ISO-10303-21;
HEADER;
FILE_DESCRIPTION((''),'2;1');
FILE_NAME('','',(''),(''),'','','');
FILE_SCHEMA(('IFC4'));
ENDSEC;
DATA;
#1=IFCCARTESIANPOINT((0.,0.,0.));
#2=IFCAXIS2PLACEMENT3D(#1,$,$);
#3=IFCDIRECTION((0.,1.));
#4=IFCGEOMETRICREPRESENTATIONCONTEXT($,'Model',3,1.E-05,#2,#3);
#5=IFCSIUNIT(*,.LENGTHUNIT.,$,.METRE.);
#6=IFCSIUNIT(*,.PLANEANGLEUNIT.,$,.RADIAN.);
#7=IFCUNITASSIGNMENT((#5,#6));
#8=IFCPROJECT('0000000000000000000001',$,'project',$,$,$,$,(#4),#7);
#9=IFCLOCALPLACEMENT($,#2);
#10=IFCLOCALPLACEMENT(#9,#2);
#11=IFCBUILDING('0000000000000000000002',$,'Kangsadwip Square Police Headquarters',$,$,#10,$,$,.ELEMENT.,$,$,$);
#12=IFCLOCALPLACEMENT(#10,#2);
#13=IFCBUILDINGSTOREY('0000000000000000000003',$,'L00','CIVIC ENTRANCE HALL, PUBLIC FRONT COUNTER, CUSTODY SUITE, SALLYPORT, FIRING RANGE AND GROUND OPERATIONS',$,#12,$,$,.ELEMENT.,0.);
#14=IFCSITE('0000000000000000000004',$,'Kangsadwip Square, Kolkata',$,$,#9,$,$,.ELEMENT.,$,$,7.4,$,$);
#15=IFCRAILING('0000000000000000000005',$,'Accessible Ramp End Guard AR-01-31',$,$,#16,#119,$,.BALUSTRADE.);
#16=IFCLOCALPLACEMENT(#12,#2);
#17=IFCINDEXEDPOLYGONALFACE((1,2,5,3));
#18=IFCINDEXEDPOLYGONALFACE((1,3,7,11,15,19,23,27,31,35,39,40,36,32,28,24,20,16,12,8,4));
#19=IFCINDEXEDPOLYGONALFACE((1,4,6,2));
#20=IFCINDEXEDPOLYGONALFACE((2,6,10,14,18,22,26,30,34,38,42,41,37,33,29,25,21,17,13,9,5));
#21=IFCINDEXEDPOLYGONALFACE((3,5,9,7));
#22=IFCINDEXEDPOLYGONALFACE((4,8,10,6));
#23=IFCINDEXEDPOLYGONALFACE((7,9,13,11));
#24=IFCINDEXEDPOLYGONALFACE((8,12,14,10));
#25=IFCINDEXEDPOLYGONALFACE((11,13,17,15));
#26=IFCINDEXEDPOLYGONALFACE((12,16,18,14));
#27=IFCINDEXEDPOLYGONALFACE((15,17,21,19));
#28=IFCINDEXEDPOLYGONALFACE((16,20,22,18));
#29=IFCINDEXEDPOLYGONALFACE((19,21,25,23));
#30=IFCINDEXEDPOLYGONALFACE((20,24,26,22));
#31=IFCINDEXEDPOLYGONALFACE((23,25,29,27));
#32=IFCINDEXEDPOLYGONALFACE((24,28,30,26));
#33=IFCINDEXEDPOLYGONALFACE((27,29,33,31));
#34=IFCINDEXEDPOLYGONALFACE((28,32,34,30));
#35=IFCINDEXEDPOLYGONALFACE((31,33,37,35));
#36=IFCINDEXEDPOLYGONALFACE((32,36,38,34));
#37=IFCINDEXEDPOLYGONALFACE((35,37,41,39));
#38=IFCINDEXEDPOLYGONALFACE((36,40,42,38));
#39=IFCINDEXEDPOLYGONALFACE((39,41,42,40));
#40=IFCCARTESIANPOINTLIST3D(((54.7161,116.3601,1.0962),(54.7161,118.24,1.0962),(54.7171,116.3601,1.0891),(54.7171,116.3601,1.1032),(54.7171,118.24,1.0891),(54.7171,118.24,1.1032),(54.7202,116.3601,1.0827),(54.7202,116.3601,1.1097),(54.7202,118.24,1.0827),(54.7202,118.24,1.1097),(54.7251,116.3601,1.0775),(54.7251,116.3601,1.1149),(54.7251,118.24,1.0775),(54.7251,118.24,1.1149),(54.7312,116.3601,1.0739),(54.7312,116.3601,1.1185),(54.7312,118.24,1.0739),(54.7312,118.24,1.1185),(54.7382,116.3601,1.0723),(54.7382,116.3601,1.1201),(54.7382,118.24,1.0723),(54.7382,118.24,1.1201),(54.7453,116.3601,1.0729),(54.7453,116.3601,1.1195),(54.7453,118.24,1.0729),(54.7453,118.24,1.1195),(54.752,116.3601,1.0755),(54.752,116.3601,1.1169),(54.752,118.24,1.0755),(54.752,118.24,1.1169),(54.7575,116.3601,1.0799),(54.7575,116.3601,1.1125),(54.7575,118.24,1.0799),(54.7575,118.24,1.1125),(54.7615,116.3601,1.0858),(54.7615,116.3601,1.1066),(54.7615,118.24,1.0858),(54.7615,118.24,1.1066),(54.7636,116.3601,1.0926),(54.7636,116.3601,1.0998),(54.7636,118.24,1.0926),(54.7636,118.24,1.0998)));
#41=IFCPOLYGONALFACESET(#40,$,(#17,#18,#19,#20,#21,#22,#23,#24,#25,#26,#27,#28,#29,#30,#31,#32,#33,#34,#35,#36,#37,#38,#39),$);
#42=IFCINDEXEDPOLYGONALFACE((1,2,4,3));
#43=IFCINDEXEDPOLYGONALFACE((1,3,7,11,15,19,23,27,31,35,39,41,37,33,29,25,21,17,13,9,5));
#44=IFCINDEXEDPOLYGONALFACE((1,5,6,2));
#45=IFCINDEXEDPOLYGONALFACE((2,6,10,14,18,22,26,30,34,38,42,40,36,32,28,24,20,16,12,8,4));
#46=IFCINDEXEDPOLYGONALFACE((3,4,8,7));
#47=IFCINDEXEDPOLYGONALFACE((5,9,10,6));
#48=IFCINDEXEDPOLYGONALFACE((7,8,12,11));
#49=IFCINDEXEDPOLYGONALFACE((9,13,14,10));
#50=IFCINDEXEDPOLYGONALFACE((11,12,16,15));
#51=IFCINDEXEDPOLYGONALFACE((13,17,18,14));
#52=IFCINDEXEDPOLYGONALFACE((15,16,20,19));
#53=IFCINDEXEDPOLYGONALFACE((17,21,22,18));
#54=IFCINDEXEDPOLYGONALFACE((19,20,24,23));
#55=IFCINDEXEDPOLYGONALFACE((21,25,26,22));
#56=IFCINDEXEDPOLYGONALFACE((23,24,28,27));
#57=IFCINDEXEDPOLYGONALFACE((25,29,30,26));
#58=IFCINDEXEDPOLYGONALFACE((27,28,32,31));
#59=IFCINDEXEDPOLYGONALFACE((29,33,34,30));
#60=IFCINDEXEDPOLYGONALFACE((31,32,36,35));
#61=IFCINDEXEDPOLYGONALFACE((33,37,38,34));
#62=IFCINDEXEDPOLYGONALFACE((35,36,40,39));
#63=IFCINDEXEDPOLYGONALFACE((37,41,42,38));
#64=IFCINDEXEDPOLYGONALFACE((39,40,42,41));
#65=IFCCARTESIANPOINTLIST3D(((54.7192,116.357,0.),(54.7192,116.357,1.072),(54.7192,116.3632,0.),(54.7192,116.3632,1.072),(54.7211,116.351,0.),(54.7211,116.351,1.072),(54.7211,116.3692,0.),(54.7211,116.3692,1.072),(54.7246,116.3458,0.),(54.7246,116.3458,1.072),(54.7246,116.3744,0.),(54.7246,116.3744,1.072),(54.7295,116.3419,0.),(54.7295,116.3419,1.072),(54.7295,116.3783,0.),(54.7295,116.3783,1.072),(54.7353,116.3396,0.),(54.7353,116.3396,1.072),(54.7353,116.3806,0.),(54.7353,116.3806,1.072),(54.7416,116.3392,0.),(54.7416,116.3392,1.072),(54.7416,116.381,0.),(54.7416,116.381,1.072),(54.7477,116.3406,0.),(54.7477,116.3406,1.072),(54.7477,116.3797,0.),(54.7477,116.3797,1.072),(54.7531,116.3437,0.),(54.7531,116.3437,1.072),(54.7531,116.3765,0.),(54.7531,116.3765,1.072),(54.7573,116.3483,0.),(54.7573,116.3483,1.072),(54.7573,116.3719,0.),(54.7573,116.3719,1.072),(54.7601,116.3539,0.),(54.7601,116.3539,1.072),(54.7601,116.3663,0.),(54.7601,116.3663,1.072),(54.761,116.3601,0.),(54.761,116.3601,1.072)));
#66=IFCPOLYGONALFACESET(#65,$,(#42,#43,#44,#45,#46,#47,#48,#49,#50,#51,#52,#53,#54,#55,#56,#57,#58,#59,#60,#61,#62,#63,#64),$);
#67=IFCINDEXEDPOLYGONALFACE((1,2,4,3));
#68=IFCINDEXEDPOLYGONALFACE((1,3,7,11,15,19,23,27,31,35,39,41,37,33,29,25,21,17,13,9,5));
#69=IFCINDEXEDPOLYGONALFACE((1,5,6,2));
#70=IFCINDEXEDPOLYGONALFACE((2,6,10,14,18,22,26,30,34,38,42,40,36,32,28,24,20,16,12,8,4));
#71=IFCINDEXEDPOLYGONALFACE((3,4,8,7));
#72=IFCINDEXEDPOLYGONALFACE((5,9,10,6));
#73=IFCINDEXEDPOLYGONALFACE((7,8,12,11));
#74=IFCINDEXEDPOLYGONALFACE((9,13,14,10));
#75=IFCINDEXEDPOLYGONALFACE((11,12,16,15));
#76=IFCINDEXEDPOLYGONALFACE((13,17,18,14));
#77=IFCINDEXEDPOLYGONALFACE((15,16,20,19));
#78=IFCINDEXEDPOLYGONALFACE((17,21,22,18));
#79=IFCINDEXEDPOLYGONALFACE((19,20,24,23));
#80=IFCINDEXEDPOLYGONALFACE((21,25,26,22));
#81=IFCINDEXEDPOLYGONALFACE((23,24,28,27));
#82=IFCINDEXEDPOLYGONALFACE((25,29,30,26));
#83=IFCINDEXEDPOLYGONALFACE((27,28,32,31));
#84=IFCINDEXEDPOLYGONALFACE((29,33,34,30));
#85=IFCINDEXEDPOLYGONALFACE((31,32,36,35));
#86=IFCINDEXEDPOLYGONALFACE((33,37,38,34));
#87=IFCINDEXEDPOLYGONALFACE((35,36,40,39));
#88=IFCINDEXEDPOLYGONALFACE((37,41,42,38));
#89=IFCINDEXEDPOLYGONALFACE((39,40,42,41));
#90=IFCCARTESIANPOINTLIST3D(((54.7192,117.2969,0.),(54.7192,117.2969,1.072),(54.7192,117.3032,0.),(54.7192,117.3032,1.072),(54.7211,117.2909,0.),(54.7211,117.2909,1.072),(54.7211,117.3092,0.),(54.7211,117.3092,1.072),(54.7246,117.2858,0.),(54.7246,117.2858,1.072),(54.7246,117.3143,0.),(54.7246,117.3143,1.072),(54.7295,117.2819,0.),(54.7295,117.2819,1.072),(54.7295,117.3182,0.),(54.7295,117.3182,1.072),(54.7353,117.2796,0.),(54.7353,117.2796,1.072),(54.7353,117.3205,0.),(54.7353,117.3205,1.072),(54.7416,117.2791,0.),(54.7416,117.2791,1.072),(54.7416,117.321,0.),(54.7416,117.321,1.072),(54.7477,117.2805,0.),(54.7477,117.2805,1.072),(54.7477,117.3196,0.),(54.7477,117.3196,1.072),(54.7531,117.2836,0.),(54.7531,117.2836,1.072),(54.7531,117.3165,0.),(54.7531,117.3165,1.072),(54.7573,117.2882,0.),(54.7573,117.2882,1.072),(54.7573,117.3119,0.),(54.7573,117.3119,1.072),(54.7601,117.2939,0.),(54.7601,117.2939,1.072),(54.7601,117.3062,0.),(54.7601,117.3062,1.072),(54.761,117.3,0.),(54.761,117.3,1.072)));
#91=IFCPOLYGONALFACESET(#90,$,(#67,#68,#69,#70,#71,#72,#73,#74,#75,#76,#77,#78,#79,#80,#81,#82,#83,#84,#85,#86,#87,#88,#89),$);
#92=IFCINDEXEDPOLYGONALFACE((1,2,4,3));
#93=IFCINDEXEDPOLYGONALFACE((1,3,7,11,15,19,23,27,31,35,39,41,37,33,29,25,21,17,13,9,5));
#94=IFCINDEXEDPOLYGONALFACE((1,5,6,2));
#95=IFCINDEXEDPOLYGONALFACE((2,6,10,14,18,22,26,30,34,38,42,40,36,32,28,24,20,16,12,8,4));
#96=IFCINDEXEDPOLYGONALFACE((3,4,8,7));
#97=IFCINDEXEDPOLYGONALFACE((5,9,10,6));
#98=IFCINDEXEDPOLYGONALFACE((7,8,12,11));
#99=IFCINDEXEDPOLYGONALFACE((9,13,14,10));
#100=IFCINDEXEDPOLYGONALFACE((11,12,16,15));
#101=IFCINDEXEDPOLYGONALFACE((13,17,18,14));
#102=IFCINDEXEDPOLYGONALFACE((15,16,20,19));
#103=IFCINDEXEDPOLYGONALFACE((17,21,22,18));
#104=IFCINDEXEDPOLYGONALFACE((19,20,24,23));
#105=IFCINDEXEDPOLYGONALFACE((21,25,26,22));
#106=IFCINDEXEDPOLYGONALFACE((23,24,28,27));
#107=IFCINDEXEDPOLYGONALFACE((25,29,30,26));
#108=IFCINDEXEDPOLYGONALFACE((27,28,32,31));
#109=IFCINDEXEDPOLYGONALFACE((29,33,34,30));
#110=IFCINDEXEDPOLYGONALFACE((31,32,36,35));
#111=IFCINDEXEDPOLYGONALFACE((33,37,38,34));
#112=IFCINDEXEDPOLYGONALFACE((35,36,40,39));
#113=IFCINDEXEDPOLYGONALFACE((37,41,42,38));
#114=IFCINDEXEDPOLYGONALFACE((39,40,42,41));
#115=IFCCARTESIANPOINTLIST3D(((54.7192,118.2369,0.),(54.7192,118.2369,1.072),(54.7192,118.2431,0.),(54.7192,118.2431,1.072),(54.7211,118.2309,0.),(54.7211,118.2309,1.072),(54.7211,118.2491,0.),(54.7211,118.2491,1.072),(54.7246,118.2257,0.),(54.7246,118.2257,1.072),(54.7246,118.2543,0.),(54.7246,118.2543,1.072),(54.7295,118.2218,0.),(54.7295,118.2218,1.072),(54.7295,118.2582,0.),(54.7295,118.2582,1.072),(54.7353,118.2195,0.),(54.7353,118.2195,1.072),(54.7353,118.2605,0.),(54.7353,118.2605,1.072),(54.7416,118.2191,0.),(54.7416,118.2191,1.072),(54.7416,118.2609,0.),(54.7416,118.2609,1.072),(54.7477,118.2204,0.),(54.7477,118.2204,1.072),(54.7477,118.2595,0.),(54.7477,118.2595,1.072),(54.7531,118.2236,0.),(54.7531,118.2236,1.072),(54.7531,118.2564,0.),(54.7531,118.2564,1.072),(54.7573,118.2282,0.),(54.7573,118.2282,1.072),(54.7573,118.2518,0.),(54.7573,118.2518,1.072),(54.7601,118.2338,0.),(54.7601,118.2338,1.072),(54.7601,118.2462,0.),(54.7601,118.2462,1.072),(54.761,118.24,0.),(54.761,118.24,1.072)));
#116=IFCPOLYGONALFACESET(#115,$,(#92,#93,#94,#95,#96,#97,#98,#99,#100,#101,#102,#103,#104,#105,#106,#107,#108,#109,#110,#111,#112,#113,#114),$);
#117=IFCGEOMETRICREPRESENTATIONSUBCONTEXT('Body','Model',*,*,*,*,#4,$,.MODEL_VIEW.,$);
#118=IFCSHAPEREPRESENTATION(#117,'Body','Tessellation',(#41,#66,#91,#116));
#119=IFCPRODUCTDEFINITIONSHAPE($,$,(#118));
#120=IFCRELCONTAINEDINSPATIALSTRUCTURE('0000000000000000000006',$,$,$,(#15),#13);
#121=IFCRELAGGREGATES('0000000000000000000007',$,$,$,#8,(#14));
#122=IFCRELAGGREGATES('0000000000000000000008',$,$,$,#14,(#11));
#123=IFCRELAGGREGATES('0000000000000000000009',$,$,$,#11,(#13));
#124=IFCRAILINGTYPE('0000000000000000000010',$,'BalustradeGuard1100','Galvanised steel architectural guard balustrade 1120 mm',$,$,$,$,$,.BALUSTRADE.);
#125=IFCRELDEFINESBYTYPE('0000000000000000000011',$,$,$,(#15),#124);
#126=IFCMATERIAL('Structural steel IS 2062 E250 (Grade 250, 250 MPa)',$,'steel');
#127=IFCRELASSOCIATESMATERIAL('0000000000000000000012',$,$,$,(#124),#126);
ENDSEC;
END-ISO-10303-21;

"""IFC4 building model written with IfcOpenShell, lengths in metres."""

from ifc_helpers import new_model, si_unit, direction, frame, origin, origin_2d, place, context, subcontext, project, spatial, circle, extrude, material, type_object, element, save


model = new_model("IFC4")

# Units and contexts
model_context = context("Model", 3, precision=1e-05, world=origin(), true_north=direction((0.0, 1.0)))
body_context = subcontext(model_context, "Body", "Model", "MODEL_VIEW")
ifc_project = project(units=[si_unit("LENGTHUNIT", "METRE"), si_unit("PLANEANGLEUNIT", "RADIAN")], contexts=[model_context])

# Site, building, storey
site_placement = place(None, origin())
site = spatial("IfcSite", under=ifc_project, at=site_placement, Name="Kangsadwip Square, Kolkata", CompositionType="ELEMENT", RefElevation=7.4)
building_placement = place(site_placement, origin())
building = spatial("IfcBuilding", under=site, at=building_placement, Name="Kangsadwip Square Police Headquarters", CompositionType="ELEMENT")
storey_placement = place(building_placement, origin())
storey = spatial("IfcBuildingStorey", under=building, at=storey_placement, Name="L00", Description="CIVIC ENTRANCE HALL, PUBLIC FRONT COUNTER, CUSTODY SUITE, SALLYPORT, FIRING RANGE AND GROUND OPERATIONS", CompositionType="ELEMENT", Elevation=0.0)

# Railing
ifc_material_1 = material(Name="Structural steel IS 2062 E250 (Grade 250, 250 MPa)", Category="steel")
railing_type = type_object("IfcRailingType", Name="BalustradeGuard1100", Description="Galvanised steel architectural guard balustrade 1120 mm", PredefinedType="BALUSTRADE", material=ifc_material_1)
railing_placement = place(storey_placement, frame((54.74, 116.3601, 0.0)))
element("IfcRailing", 1, at=railing_placement, inside=storey, type_object=railing_type, Name="Accessible Ramp End Guard AR-01-31", PredefinedType="BALUSTRADE", context=body_context, shape_type="SweptSolid", body=[
    extrude(circle(Radius=0.0239, at=origin_2d()), frame((0.0, 0.0, 1.0962), z_axis=(0.0, 1.0, 0.0), x_axis=(-1.0, 0.0, 0.0)), (0.0, 0.0, 1.0), 1.8799),
    extrude(circle(Radius=0.021, at=origin_2d()), origin(), (0.0, 0.0, 1.0), 1.072),
    extrude(circle(Radius=0.021, at=origin_2d()), frame((0.0, 0.9399, 0.0)), (0.0, 0.0, 1.0), 1.072),
    extrude(circle(Radius=0.021, at=origin_2d()), frame((0.0, 1.8799, 0.0)), (0.0, 0.0, 1.0), 1.072),
])

save(model, "model.ifc")
